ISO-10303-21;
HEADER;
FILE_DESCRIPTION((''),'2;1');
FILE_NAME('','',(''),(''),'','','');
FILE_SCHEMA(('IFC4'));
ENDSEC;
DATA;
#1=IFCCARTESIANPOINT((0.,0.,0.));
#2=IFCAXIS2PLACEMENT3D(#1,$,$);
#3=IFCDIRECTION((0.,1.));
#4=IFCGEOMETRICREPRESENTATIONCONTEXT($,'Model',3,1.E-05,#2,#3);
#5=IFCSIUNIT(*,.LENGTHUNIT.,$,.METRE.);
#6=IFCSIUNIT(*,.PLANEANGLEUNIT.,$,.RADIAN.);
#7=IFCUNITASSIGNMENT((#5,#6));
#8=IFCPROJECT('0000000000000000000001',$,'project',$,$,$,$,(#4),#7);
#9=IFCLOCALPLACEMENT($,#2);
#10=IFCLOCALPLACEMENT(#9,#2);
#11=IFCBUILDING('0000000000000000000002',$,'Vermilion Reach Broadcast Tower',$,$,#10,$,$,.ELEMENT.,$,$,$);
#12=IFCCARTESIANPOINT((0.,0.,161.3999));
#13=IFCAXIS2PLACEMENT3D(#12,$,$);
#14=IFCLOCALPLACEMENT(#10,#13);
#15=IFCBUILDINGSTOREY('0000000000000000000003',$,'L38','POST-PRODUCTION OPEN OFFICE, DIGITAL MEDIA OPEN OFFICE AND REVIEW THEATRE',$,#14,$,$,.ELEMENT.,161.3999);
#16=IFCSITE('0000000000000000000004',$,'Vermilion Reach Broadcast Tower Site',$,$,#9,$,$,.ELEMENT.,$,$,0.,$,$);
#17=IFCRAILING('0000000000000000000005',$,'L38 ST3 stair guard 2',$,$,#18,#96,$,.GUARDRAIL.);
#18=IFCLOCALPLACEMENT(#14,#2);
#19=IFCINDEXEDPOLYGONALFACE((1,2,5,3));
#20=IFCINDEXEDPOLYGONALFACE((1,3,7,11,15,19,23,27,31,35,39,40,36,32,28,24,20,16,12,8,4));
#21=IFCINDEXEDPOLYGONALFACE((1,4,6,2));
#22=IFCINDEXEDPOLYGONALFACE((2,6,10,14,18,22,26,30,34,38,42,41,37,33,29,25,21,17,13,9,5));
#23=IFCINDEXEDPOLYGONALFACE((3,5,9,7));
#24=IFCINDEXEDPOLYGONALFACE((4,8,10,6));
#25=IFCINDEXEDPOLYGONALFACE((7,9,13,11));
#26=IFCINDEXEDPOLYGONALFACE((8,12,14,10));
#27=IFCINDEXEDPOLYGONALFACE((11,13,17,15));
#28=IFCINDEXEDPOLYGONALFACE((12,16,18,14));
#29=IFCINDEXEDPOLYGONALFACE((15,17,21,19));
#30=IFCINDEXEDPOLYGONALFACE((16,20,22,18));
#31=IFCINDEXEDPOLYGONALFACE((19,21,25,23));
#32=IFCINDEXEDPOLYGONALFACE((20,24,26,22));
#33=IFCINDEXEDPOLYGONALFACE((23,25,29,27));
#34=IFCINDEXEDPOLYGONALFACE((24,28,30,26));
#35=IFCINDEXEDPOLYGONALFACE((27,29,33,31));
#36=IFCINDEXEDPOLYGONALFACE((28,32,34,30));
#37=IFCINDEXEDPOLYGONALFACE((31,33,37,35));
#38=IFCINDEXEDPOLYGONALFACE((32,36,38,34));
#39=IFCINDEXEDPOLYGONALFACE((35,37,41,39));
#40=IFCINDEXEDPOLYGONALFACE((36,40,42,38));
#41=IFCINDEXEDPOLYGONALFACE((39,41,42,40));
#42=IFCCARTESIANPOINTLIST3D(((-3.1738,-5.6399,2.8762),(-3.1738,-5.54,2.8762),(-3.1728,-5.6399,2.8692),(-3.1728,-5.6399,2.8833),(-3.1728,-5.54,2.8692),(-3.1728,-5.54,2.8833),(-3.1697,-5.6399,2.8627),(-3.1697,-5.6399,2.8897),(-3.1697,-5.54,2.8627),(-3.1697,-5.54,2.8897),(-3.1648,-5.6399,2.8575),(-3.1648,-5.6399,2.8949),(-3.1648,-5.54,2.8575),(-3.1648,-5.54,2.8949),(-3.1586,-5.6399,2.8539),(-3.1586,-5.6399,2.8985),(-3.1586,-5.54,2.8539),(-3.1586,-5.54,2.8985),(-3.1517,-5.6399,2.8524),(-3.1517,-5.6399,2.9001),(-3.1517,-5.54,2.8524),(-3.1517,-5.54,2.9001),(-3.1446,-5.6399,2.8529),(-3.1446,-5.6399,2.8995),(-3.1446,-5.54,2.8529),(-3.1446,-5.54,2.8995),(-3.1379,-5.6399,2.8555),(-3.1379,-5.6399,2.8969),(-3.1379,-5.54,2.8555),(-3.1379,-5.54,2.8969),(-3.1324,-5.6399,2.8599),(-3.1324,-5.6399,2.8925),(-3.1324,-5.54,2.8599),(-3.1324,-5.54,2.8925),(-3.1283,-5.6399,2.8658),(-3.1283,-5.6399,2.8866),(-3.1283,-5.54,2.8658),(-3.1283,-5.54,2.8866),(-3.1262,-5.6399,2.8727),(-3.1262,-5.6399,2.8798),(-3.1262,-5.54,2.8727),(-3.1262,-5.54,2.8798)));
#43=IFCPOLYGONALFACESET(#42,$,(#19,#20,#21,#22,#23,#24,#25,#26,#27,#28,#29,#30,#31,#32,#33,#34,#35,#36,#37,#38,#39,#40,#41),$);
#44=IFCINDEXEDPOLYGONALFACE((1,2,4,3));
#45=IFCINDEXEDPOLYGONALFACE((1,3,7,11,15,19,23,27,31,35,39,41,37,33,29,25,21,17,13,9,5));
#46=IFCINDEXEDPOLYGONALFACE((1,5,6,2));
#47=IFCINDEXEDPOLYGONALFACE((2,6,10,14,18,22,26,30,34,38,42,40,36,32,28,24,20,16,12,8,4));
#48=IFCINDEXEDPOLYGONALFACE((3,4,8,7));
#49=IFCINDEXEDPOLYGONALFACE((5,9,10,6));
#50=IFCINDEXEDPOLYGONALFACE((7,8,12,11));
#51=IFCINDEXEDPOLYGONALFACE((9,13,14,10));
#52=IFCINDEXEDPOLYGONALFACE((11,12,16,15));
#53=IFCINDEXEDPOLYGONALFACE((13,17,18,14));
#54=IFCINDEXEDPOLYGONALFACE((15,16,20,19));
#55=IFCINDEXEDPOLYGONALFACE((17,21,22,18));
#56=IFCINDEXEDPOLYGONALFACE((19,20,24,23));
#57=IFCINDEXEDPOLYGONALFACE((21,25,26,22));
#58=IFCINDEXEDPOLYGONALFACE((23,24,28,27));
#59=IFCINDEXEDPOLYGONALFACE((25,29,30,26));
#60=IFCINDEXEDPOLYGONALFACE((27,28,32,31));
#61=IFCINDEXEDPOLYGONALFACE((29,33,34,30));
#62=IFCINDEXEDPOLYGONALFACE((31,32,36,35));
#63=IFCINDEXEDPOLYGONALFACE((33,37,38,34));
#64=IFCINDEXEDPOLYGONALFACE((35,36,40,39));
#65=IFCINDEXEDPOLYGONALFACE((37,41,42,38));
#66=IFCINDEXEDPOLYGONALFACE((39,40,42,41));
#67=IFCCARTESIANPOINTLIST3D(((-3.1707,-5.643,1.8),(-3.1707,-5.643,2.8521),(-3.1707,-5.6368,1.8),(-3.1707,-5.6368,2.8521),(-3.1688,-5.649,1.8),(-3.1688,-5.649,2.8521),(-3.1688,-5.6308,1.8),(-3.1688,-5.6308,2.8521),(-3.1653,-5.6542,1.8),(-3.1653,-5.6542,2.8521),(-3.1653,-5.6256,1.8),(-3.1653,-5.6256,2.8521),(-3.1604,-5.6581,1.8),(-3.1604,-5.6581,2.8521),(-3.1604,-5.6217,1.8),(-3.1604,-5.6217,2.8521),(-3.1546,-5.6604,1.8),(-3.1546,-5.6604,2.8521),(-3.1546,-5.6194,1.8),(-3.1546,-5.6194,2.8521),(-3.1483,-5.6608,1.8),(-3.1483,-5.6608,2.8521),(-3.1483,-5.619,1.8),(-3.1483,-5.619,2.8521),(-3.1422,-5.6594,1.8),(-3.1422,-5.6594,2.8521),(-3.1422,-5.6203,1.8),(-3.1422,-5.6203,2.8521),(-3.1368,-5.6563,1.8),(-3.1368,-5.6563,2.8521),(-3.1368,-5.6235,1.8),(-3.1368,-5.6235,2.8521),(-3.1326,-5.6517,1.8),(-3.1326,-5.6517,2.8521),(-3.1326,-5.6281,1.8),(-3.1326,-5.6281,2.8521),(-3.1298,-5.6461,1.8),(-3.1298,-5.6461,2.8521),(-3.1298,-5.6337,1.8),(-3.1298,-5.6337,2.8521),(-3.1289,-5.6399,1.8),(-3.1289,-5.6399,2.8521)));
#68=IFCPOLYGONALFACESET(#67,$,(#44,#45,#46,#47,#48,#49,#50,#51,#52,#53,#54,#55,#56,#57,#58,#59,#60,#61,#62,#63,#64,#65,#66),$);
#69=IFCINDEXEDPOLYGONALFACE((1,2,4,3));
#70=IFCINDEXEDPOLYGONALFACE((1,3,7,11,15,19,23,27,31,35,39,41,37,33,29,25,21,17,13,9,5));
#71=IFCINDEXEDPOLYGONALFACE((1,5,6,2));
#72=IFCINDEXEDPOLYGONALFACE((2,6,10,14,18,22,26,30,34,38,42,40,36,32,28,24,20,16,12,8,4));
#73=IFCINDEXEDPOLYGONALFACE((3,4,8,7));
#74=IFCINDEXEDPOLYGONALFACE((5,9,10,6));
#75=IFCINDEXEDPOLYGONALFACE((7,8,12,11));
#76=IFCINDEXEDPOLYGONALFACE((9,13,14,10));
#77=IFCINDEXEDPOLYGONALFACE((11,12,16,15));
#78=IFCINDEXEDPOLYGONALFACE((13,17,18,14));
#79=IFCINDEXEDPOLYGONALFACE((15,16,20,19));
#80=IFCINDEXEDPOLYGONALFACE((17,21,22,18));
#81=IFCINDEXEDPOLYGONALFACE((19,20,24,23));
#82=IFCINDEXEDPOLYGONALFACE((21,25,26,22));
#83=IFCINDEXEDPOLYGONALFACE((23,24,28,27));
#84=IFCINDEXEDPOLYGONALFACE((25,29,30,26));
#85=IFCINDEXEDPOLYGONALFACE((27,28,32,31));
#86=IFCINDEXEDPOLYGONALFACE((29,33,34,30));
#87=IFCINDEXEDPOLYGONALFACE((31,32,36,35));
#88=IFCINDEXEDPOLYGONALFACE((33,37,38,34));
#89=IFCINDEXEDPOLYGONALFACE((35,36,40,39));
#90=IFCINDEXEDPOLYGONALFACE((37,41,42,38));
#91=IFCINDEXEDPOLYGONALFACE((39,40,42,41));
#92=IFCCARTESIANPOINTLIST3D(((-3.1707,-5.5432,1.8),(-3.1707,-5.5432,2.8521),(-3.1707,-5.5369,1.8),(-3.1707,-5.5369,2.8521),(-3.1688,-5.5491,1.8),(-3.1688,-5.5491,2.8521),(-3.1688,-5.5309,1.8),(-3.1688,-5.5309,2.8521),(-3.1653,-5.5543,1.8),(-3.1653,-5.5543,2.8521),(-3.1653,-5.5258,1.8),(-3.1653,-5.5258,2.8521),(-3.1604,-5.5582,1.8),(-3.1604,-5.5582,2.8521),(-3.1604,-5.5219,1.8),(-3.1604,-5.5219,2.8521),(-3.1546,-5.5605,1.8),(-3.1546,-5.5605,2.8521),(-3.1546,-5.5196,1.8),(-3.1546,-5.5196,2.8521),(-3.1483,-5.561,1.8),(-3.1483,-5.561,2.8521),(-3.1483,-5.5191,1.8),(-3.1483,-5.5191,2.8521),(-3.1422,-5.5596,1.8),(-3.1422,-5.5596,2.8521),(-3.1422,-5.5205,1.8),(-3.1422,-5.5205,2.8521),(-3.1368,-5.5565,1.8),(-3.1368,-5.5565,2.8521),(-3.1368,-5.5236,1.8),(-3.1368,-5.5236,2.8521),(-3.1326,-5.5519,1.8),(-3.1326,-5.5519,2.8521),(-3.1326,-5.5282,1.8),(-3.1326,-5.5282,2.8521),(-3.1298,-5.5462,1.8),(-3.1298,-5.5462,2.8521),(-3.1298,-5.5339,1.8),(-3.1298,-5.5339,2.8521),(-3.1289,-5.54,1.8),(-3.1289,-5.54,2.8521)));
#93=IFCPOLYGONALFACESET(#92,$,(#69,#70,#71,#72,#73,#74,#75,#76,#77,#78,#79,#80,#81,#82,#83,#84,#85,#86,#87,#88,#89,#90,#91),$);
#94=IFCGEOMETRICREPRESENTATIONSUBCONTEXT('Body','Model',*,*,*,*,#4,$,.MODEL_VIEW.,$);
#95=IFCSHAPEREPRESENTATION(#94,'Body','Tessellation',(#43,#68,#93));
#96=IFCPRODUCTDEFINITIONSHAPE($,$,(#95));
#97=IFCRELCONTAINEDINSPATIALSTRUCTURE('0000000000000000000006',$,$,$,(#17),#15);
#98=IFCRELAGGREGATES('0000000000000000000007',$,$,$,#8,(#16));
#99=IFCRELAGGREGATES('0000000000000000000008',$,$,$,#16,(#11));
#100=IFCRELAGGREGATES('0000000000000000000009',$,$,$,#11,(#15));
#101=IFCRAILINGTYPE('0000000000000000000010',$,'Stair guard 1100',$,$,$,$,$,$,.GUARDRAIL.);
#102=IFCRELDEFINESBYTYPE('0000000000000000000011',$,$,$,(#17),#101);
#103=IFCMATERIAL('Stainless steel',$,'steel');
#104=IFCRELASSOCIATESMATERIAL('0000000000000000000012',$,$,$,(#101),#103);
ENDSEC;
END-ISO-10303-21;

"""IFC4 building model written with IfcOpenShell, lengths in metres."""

from ifc_helpers import new_model, si_unit, direction, frame, origin, origin_2d, place, context, subcontext, project, spatial, circle, extrude, material, type_object, element, save


model = new_model("IFC4")

# Units and contexts
model_context = context("Model", 3, precision=1e-05, world=origin(), true_north=direction((0.0, 1.0)))
body_context = subcontext(model_context, "Body", "Model", "MODEL_VIEW")
ifc_project = project(units=[si_unit("LENGTHUNIT", "METRE"), si_unit("PLANEANGLEUNIT", "RADIAN")], contexts=[model_context])

# Site, building, storey
site_placement = place(None, origin())
site = spatial("IfcSite", under=ifc_project, at=site_placement, Name="Vermilion Reach Broadcast Tower Site", CompositionType="ELEMENT", RefElevation=0.0)
building_placement = place(site_placement, origin())
building = spatial("IfcBuilding", under=site, at=building_placement, Name="Vermilion Reach Broadcast Tower", CompositionType="ELEMENT")
storey_placement = place(building_placement, frame((0.0, 0.0, 161.3999)))
storey = spatial("IfcBuildingStorey", under=building, at=storey_placement, Name="L38", Description="POST-PRODUCTION OPEN OFFICE, DIGITAL MEDIA OPEN OFFICE AND REVIEW THEATRE", CompositionType="ELEMENT", Elevation=161.3999)

# Railing
ifc_material_1 = material(Name="Stainless steel", Category="steel")
railing_type_1 = type_object("IfcRailingType", Name="Stair guard 1100", PredefinedType="GUARDRAIL", material=ifc_material_1)
railing_1_placement = place(storey_placement, frame((-3.1499, -5.6399, 1.8)))
element("IfcRailing", 1, at=railing_1_placement, inside=storey, type_object=railing_type_1, Name="L38 ST3 stair guard 2", PredefinedType="GUARDRAIL", context=body_context, shape_type="SweptSolid", body=[
    extrude(circle(Radius=0.0239, at=origin_2d()), frame((0.0, 0.0, 1.0762), z_axis=(0.0, 1.0, 0.0), x_axis=(-1.0, 0.0, 0.0)), (0.0, 0.0, 1.0), 0.0999),
    extrude(circle(Radius=0.021, at=origin_2d()), origin(), (0.0, 0.0, 1.0), 1.052),
    extrude(circle(Radius=0.021, at=origin_2d()), frame((0.0, 0.0999, 0.0)), (0.0, 0.0, 1.0), 1.052),
])

save(model, "model.ifc")
